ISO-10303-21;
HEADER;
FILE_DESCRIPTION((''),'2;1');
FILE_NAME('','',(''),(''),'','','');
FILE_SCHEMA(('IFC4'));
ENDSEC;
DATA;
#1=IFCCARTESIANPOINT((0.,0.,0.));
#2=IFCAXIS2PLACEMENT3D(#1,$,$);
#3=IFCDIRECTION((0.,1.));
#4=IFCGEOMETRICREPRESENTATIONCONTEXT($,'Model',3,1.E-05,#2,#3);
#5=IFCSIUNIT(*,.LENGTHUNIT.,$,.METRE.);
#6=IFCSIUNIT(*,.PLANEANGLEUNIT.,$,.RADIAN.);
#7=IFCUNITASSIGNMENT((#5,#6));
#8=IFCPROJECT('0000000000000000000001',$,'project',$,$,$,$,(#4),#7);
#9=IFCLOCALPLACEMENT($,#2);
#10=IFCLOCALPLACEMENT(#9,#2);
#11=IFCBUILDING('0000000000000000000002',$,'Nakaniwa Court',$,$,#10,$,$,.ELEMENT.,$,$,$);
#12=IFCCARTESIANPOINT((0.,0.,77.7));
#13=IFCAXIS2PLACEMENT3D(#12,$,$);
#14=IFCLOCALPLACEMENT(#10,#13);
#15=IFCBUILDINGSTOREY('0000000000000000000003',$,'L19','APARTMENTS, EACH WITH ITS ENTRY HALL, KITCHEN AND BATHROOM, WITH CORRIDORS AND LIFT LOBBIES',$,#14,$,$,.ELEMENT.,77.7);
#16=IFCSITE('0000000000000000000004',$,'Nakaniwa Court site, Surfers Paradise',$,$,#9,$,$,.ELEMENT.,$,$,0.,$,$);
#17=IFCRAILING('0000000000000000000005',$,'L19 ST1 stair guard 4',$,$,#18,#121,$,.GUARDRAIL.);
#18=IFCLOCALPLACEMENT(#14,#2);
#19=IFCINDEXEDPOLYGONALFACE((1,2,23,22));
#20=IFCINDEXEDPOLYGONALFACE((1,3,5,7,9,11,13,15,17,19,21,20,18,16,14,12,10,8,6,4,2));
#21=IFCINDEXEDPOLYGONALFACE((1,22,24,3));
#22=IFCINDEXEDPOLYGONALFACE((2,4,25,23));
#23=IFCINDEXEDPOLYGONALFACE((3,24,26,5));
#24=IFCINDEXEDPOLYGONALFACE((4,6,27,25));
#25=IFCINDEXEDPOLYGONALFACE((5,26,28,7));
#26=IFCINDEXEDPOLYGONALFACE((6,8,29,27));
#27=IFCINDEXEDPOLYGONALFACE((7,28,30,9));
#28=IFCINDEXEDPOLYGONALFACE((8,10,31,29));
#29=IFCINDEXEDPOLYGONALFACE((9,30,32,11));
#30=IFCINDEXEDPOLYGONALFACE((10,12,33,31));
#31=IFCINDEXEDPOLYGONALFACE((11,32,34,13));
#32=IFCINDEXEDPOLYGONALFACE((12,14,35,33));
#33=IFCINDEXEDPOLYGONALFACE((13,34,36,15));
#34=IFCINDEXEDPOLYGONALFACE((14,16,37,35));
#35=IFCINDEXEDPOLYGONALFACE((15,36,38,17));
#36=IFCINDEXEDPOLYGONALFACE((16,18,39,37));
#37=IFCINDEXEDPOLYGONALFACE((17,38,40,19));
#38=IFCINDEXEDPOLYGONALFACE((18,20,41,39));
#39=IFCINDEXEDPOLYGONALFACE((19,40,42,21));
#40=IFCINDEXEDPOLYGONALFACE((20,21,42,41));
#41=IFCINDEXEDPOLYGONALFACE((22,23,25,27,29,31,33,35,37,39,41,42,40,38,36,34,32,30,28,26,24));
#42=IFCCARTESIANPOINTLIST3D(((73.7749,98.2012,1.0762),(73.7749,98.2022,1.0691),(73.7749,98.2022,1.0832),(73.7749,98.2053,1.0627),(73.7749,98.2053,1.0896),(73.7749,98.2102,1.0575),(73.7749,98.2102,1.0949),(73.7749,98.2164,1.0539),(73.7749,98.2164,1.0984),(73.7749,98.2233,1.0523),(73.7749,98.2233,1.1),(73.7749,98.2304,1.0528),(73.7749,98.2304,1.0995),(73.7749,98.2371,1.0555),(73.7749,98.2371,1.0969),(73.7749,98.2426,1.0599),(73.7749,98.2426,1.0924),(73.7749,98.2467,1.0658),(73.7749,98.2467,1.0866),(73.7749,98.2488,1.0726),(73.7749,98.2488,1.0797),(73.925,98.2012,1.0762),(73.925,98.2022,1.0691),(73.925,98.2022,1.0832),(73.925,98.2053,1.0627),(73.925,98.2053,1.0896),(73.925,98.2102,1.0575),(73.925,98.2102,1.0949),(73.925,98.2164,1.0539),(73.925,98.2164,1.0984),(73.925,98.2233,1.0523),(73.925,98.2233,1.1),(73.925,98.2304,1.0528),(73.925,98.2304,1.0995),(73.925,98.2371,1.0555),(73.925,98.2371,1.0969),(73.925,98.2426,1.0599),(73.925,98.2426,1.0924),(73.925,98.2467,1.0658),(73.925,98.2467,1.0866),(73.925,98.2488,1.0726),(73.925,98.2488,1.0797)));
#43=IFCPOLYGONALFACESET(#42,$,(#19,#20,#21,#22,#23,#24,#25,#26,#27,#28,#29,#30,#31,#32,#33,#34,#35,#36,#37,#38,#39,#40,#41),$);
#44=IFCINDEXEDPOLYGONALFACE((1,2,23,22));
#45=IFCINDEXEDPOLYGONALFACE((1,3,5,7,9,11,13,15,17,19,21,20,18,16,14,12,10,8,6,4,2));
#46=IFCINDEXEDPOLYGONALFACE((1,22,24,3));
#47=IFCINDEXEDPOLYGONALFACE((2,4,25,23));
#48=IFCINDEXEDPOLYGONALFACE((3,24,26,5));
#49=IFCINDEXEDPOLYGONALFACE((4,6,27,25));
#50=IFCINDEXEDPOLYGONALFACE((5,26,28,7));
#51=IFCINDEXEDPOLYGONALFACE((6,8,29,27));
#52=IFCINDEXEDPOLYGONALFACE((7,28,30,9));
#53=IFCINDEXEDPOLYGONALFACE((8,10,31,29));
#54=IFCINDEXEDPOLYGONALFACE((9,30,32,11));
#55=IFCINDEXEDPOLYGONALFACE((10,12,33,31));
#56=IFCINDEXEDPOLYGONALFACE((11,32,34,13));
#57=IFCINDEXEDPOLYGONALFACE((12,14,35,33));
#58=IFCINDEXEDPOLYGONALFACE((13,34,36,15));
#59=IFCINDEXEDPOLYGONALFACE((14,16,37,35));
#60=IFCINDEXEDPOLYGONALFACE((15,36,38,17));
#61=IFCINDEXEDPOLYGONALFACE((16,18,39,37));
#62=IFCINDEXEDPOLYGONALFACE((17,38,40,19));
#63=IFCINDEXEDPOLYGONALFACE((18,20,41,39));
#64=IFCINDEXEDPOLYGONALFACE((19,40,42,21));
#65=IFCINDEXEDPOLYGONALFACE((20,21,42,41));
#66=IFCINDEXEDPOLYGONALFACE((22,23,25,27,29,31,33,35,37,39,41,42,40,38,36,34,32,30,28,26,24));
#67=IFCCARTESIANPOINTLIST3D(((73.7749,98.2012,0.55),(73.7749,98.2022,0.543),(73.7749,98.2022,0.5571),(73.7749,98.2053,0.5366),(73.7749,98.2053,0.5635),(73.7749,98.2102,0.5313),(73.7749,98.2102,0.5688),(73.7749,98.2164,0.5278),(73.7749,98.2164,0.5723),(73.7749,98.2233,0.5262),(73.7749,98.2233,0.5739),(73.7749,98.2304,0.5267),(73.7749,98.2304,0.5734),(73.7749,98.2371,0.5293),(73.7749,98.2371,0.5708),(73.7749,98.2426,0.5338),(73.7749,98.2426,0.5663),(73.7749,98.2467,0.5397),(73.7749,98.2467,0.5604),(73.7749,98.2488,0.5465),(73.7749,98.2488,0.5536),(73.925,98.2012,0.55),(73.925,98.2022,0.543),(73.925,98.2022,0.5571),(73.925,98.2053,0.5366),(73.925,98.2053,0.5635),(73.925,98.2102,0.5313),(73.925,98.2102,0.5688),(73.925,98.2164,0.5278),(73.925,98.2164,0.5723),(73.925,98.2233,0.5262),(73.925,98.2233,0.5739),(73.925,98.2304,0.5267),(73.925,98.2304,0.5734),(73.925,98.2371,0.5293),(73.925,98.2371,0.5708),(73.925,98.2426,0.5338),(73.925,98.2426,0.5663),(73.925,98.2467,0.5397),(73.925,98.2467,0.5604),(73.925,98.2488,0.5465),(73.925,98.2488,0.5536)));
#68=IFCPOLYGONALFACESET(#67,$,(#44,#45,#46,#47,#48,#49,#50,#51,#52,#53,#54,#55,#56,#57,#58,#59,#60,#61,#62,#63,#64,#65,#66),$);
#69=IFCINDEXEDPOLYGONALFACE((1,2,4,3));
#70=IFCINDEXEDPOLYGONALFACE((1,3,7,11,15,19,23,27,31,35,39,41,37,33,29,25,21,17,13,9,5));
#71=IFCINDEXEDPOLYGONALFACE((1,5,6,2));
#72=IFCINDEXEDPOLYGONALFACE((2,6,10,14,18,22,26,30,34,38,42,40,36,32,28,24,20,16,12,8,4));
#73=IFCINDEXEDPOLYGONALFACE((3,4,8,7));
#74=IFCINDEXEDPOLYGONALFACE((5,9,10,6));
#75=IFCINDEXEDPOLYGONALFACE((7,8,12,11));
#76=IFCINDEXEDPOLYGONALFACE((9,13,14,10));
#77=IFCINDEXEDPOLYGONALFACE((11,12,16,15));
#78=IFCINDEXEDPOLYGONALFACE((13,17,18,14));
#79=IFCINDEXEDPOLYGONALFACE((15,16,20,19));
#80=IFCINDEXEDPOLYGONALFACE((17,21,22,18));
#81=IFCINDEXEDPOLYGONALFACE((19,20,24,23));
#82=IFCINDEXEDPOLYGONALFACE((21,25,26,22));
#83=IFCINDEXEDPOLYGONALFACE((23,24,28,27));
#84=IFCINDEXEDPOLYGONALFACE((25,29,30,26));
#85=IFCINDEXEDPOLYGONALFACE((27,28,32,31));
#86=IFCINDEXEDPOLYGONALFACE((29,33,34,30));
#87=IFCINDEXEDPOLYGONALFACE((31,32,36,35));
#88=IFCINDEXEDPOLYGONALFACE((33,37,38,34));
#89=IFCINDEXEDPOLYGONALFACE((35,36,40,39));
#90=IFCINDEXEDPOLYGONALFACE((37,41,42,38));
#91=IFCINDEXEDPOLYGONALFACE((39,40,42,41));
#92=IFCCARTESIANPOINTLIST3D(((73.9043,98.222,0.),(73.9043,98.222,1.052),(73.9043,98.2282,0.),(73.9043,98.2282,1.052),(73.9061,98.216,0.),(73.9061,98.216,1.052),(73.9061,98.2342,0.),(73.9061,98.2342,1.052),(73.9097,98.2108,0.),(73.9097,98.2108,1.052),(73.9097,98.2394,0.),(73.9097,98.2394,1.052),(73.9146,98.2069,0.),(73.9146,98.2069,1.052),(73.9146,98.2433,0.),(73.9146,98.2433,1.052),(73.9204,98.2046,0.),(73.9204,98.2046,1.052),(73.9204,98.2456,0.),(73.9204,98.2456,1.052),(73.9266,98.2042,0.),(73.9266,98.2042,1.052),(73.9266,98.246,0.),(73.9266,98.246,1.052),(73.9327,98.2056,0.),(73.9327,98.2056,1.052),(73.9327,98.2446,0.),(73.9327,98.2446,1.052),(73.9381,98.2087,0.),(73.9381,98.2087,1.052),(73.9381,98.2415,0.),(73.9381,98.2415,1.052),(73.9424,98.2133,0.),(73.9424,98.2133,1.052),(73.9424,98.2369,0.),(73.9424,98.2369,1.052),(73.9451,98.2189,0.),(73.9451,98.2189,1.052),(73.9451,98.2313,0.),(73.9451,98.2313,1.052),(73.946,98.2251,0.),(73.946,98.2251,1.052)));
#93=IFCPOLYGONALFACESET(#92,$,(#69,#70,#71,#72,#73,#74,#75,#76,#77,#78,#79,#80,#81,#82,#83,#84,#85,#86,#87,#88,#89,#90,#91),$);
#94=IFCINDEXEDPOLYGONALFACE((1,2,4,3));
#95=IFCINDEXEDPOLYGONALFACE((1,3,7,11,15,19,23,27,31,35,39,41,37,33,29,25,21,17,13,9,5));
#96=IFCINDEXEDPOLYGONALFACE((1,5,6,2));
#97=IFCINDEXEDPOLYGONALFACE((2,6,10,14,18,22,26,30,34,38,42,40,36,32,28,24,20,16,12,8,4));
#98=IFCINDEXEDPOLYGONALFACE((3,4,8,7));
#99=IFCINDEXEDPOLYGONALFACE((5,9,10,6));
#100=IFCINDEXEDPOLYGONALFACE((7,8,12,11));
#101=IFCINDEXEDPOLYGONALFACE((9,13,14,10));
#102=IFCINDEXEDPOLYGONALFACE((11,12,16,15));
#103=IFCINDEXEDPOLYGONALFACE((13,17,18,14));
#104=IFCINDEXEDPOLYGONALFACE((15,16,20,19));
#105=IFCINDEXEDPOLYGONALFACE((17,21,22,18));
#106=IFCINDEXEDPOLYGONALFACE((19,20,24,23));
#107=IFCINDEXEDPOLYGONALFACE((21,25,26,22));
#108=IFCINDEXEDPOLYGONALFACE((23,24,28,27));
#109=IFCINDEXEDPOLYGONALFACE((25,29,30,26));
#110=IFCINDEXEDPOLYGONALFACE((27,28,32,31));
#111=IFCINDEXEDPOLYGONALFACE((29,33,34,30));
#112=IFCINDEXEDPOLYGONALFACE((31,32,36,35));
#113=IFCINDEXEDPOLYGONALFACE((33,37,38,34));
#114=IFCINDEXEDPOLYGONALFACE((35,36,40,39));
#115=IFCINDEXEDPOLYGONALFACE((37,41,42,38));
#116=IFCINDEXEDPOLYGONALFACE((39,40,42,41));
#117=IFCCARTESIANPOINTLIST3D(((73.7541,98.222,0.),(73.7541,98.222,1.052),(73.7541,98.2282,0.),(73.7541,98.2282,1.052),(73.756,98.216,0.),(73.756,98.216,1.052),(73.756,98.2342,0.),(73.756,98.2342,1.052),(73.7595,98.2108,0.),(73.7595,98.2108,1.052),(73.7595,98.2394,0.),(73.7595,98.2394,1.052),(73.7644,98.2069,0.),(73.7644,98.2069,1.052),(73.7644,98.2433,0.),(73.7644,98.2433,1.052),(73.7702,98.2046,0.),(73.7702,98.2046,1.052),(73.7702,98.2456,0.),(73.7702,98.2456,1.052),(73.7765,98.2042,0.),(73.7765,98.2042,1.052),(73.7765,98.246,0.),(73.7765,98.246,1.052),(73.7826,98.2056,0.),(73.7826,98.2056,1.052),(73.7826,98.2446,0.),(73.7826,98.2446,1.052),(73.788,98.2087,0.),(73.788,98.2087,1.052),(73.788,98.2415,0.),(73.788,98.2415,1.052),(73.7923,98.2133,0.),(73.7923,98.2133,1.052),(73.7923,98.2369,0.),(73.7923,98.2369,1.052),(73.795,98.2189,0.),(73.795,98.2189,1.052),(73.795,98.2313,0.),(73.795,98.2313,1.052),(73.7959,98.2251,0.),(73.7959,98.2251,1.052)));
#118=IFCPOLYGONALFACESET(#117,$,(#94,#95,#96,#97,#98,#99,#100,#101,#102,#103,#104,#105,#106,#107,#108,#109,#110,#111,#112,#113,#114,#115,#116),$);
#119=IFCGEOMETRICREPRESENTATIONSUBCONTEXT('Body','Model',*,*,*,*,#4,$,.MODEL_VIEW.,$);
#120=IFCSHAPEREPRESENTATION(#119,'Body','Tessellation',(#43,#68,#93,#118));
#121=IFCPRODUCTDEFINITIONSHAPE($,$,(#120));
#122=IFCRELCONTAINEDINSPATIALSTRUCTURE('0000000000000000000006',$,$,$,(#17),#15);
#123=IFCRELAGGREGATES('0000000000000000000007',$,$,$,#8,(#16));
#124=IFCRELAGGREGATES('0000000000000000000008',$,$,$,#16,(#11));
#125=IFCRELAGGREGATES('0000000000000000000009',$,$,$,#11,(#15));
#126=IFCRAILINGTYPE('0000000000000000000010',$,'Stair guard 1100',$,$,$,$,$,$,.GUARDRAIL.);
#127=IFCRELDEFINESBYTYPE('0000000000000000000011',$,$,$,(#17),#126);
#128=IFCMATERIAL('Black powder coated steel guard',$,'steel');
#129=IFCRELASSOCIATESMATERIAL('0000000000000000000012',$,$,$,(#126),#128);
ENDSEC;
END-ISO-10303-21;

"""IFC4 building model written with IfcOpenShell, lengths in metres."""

from ifc_helpers import new_model, si_unit, direction, frame, origin, origin_2d, place, context, subcontext, project, spatial, circle, extrude, material, type_object, element, save


model = new_model("IFC4")

# Units and contexts
model_context = context("Model", 3, precision=1e-05, world=origin(), true_north=direction((0.0, 1.0)))
body_context = subcontext(model_context, "Body", "Model", "MODEL_VIEW")
ifc_project = project(units=[si_unit("LENGTHUNIT", "METRE"), si_unit("PLANEANGLEUNIT", "RADIAN")], contexts=[model_context])

# Site, building, storey
site_placement = place(None, origin())
site = spatial("IfcSite", under=ifc_project, at=site_placement, Name="Nakaniwa Court site, Surfers Paradise", CompositionType="ELEMENT", RefElevation=0.0)
building_placement = place(site_placement, origin())
building = spatial("IfcBuilding", under=site, at=building_placement, Name="Nakaniwa Court", CompositionType="ELEMENT")
storey_placement = place(building_placement, frame((0.0, 0.0, 77.7)))
storey = spatial("IfcBuildingStorey", under=building, at=storey_placement, Name="L19", Description="APARTMENTS, EACH WITH ITS ENTRY HALL, KITCHEN AND BATHROOM, WITH CORRIDORS AND LIFT LOBBIES", CompositionType="ELEMENT", Elevation=77.7)

# Railing
ifc_material_1 = material(Name="Black powder coated steel guard", Category="steel")
railing_type_1 = type_object("IfcRailingType", Name="Stair guard 1100", PredefinedType="GUARDRAIL", material=ifc_material_1)
railing_1_placement = place(storey_placement, frame((73.925, 98.2251, 0.0)))
element("IfcRailing", 1, at=railing_1_placement, inside=storey, type_object=railing_type_1, Name="L19 ST1 stair guard 4", PredefinedType="GUARDRAIL", context=body_context, shape_type="SweptSolid", body=[
    extrude(circle(Radius=0.0239, at=origin_2d()), frame((0.0, 0.0, 1.0762), z_axis=(-1.0, 0.0, 0.0), x_axis=(0.0, -1.0, 0.0)), (0.0, 0.0, 1.0), 0.1501),
    extrude(circle(Radius=0.0239, at=origin_2d()), frame((0.0, 0.0, 0.55), z_axis=(-1.0, 0.0, 0.0), x_axis=(0.0, -1.0, 0.0)), (0.0, 0.0, 1.0), 0.1501),
    extrude(circle(Radius=0.021, at=origin_2d()), origin(), (0.0, 0.0, 1.0), 1.052),
    extrude(circle(Radius=0.021, at=origin_2d()), frame((-0.1501, 0.0, 0.0)), (0.0, 0.0, 1.0), 1.052),
])

save(model, "model.ifc")
